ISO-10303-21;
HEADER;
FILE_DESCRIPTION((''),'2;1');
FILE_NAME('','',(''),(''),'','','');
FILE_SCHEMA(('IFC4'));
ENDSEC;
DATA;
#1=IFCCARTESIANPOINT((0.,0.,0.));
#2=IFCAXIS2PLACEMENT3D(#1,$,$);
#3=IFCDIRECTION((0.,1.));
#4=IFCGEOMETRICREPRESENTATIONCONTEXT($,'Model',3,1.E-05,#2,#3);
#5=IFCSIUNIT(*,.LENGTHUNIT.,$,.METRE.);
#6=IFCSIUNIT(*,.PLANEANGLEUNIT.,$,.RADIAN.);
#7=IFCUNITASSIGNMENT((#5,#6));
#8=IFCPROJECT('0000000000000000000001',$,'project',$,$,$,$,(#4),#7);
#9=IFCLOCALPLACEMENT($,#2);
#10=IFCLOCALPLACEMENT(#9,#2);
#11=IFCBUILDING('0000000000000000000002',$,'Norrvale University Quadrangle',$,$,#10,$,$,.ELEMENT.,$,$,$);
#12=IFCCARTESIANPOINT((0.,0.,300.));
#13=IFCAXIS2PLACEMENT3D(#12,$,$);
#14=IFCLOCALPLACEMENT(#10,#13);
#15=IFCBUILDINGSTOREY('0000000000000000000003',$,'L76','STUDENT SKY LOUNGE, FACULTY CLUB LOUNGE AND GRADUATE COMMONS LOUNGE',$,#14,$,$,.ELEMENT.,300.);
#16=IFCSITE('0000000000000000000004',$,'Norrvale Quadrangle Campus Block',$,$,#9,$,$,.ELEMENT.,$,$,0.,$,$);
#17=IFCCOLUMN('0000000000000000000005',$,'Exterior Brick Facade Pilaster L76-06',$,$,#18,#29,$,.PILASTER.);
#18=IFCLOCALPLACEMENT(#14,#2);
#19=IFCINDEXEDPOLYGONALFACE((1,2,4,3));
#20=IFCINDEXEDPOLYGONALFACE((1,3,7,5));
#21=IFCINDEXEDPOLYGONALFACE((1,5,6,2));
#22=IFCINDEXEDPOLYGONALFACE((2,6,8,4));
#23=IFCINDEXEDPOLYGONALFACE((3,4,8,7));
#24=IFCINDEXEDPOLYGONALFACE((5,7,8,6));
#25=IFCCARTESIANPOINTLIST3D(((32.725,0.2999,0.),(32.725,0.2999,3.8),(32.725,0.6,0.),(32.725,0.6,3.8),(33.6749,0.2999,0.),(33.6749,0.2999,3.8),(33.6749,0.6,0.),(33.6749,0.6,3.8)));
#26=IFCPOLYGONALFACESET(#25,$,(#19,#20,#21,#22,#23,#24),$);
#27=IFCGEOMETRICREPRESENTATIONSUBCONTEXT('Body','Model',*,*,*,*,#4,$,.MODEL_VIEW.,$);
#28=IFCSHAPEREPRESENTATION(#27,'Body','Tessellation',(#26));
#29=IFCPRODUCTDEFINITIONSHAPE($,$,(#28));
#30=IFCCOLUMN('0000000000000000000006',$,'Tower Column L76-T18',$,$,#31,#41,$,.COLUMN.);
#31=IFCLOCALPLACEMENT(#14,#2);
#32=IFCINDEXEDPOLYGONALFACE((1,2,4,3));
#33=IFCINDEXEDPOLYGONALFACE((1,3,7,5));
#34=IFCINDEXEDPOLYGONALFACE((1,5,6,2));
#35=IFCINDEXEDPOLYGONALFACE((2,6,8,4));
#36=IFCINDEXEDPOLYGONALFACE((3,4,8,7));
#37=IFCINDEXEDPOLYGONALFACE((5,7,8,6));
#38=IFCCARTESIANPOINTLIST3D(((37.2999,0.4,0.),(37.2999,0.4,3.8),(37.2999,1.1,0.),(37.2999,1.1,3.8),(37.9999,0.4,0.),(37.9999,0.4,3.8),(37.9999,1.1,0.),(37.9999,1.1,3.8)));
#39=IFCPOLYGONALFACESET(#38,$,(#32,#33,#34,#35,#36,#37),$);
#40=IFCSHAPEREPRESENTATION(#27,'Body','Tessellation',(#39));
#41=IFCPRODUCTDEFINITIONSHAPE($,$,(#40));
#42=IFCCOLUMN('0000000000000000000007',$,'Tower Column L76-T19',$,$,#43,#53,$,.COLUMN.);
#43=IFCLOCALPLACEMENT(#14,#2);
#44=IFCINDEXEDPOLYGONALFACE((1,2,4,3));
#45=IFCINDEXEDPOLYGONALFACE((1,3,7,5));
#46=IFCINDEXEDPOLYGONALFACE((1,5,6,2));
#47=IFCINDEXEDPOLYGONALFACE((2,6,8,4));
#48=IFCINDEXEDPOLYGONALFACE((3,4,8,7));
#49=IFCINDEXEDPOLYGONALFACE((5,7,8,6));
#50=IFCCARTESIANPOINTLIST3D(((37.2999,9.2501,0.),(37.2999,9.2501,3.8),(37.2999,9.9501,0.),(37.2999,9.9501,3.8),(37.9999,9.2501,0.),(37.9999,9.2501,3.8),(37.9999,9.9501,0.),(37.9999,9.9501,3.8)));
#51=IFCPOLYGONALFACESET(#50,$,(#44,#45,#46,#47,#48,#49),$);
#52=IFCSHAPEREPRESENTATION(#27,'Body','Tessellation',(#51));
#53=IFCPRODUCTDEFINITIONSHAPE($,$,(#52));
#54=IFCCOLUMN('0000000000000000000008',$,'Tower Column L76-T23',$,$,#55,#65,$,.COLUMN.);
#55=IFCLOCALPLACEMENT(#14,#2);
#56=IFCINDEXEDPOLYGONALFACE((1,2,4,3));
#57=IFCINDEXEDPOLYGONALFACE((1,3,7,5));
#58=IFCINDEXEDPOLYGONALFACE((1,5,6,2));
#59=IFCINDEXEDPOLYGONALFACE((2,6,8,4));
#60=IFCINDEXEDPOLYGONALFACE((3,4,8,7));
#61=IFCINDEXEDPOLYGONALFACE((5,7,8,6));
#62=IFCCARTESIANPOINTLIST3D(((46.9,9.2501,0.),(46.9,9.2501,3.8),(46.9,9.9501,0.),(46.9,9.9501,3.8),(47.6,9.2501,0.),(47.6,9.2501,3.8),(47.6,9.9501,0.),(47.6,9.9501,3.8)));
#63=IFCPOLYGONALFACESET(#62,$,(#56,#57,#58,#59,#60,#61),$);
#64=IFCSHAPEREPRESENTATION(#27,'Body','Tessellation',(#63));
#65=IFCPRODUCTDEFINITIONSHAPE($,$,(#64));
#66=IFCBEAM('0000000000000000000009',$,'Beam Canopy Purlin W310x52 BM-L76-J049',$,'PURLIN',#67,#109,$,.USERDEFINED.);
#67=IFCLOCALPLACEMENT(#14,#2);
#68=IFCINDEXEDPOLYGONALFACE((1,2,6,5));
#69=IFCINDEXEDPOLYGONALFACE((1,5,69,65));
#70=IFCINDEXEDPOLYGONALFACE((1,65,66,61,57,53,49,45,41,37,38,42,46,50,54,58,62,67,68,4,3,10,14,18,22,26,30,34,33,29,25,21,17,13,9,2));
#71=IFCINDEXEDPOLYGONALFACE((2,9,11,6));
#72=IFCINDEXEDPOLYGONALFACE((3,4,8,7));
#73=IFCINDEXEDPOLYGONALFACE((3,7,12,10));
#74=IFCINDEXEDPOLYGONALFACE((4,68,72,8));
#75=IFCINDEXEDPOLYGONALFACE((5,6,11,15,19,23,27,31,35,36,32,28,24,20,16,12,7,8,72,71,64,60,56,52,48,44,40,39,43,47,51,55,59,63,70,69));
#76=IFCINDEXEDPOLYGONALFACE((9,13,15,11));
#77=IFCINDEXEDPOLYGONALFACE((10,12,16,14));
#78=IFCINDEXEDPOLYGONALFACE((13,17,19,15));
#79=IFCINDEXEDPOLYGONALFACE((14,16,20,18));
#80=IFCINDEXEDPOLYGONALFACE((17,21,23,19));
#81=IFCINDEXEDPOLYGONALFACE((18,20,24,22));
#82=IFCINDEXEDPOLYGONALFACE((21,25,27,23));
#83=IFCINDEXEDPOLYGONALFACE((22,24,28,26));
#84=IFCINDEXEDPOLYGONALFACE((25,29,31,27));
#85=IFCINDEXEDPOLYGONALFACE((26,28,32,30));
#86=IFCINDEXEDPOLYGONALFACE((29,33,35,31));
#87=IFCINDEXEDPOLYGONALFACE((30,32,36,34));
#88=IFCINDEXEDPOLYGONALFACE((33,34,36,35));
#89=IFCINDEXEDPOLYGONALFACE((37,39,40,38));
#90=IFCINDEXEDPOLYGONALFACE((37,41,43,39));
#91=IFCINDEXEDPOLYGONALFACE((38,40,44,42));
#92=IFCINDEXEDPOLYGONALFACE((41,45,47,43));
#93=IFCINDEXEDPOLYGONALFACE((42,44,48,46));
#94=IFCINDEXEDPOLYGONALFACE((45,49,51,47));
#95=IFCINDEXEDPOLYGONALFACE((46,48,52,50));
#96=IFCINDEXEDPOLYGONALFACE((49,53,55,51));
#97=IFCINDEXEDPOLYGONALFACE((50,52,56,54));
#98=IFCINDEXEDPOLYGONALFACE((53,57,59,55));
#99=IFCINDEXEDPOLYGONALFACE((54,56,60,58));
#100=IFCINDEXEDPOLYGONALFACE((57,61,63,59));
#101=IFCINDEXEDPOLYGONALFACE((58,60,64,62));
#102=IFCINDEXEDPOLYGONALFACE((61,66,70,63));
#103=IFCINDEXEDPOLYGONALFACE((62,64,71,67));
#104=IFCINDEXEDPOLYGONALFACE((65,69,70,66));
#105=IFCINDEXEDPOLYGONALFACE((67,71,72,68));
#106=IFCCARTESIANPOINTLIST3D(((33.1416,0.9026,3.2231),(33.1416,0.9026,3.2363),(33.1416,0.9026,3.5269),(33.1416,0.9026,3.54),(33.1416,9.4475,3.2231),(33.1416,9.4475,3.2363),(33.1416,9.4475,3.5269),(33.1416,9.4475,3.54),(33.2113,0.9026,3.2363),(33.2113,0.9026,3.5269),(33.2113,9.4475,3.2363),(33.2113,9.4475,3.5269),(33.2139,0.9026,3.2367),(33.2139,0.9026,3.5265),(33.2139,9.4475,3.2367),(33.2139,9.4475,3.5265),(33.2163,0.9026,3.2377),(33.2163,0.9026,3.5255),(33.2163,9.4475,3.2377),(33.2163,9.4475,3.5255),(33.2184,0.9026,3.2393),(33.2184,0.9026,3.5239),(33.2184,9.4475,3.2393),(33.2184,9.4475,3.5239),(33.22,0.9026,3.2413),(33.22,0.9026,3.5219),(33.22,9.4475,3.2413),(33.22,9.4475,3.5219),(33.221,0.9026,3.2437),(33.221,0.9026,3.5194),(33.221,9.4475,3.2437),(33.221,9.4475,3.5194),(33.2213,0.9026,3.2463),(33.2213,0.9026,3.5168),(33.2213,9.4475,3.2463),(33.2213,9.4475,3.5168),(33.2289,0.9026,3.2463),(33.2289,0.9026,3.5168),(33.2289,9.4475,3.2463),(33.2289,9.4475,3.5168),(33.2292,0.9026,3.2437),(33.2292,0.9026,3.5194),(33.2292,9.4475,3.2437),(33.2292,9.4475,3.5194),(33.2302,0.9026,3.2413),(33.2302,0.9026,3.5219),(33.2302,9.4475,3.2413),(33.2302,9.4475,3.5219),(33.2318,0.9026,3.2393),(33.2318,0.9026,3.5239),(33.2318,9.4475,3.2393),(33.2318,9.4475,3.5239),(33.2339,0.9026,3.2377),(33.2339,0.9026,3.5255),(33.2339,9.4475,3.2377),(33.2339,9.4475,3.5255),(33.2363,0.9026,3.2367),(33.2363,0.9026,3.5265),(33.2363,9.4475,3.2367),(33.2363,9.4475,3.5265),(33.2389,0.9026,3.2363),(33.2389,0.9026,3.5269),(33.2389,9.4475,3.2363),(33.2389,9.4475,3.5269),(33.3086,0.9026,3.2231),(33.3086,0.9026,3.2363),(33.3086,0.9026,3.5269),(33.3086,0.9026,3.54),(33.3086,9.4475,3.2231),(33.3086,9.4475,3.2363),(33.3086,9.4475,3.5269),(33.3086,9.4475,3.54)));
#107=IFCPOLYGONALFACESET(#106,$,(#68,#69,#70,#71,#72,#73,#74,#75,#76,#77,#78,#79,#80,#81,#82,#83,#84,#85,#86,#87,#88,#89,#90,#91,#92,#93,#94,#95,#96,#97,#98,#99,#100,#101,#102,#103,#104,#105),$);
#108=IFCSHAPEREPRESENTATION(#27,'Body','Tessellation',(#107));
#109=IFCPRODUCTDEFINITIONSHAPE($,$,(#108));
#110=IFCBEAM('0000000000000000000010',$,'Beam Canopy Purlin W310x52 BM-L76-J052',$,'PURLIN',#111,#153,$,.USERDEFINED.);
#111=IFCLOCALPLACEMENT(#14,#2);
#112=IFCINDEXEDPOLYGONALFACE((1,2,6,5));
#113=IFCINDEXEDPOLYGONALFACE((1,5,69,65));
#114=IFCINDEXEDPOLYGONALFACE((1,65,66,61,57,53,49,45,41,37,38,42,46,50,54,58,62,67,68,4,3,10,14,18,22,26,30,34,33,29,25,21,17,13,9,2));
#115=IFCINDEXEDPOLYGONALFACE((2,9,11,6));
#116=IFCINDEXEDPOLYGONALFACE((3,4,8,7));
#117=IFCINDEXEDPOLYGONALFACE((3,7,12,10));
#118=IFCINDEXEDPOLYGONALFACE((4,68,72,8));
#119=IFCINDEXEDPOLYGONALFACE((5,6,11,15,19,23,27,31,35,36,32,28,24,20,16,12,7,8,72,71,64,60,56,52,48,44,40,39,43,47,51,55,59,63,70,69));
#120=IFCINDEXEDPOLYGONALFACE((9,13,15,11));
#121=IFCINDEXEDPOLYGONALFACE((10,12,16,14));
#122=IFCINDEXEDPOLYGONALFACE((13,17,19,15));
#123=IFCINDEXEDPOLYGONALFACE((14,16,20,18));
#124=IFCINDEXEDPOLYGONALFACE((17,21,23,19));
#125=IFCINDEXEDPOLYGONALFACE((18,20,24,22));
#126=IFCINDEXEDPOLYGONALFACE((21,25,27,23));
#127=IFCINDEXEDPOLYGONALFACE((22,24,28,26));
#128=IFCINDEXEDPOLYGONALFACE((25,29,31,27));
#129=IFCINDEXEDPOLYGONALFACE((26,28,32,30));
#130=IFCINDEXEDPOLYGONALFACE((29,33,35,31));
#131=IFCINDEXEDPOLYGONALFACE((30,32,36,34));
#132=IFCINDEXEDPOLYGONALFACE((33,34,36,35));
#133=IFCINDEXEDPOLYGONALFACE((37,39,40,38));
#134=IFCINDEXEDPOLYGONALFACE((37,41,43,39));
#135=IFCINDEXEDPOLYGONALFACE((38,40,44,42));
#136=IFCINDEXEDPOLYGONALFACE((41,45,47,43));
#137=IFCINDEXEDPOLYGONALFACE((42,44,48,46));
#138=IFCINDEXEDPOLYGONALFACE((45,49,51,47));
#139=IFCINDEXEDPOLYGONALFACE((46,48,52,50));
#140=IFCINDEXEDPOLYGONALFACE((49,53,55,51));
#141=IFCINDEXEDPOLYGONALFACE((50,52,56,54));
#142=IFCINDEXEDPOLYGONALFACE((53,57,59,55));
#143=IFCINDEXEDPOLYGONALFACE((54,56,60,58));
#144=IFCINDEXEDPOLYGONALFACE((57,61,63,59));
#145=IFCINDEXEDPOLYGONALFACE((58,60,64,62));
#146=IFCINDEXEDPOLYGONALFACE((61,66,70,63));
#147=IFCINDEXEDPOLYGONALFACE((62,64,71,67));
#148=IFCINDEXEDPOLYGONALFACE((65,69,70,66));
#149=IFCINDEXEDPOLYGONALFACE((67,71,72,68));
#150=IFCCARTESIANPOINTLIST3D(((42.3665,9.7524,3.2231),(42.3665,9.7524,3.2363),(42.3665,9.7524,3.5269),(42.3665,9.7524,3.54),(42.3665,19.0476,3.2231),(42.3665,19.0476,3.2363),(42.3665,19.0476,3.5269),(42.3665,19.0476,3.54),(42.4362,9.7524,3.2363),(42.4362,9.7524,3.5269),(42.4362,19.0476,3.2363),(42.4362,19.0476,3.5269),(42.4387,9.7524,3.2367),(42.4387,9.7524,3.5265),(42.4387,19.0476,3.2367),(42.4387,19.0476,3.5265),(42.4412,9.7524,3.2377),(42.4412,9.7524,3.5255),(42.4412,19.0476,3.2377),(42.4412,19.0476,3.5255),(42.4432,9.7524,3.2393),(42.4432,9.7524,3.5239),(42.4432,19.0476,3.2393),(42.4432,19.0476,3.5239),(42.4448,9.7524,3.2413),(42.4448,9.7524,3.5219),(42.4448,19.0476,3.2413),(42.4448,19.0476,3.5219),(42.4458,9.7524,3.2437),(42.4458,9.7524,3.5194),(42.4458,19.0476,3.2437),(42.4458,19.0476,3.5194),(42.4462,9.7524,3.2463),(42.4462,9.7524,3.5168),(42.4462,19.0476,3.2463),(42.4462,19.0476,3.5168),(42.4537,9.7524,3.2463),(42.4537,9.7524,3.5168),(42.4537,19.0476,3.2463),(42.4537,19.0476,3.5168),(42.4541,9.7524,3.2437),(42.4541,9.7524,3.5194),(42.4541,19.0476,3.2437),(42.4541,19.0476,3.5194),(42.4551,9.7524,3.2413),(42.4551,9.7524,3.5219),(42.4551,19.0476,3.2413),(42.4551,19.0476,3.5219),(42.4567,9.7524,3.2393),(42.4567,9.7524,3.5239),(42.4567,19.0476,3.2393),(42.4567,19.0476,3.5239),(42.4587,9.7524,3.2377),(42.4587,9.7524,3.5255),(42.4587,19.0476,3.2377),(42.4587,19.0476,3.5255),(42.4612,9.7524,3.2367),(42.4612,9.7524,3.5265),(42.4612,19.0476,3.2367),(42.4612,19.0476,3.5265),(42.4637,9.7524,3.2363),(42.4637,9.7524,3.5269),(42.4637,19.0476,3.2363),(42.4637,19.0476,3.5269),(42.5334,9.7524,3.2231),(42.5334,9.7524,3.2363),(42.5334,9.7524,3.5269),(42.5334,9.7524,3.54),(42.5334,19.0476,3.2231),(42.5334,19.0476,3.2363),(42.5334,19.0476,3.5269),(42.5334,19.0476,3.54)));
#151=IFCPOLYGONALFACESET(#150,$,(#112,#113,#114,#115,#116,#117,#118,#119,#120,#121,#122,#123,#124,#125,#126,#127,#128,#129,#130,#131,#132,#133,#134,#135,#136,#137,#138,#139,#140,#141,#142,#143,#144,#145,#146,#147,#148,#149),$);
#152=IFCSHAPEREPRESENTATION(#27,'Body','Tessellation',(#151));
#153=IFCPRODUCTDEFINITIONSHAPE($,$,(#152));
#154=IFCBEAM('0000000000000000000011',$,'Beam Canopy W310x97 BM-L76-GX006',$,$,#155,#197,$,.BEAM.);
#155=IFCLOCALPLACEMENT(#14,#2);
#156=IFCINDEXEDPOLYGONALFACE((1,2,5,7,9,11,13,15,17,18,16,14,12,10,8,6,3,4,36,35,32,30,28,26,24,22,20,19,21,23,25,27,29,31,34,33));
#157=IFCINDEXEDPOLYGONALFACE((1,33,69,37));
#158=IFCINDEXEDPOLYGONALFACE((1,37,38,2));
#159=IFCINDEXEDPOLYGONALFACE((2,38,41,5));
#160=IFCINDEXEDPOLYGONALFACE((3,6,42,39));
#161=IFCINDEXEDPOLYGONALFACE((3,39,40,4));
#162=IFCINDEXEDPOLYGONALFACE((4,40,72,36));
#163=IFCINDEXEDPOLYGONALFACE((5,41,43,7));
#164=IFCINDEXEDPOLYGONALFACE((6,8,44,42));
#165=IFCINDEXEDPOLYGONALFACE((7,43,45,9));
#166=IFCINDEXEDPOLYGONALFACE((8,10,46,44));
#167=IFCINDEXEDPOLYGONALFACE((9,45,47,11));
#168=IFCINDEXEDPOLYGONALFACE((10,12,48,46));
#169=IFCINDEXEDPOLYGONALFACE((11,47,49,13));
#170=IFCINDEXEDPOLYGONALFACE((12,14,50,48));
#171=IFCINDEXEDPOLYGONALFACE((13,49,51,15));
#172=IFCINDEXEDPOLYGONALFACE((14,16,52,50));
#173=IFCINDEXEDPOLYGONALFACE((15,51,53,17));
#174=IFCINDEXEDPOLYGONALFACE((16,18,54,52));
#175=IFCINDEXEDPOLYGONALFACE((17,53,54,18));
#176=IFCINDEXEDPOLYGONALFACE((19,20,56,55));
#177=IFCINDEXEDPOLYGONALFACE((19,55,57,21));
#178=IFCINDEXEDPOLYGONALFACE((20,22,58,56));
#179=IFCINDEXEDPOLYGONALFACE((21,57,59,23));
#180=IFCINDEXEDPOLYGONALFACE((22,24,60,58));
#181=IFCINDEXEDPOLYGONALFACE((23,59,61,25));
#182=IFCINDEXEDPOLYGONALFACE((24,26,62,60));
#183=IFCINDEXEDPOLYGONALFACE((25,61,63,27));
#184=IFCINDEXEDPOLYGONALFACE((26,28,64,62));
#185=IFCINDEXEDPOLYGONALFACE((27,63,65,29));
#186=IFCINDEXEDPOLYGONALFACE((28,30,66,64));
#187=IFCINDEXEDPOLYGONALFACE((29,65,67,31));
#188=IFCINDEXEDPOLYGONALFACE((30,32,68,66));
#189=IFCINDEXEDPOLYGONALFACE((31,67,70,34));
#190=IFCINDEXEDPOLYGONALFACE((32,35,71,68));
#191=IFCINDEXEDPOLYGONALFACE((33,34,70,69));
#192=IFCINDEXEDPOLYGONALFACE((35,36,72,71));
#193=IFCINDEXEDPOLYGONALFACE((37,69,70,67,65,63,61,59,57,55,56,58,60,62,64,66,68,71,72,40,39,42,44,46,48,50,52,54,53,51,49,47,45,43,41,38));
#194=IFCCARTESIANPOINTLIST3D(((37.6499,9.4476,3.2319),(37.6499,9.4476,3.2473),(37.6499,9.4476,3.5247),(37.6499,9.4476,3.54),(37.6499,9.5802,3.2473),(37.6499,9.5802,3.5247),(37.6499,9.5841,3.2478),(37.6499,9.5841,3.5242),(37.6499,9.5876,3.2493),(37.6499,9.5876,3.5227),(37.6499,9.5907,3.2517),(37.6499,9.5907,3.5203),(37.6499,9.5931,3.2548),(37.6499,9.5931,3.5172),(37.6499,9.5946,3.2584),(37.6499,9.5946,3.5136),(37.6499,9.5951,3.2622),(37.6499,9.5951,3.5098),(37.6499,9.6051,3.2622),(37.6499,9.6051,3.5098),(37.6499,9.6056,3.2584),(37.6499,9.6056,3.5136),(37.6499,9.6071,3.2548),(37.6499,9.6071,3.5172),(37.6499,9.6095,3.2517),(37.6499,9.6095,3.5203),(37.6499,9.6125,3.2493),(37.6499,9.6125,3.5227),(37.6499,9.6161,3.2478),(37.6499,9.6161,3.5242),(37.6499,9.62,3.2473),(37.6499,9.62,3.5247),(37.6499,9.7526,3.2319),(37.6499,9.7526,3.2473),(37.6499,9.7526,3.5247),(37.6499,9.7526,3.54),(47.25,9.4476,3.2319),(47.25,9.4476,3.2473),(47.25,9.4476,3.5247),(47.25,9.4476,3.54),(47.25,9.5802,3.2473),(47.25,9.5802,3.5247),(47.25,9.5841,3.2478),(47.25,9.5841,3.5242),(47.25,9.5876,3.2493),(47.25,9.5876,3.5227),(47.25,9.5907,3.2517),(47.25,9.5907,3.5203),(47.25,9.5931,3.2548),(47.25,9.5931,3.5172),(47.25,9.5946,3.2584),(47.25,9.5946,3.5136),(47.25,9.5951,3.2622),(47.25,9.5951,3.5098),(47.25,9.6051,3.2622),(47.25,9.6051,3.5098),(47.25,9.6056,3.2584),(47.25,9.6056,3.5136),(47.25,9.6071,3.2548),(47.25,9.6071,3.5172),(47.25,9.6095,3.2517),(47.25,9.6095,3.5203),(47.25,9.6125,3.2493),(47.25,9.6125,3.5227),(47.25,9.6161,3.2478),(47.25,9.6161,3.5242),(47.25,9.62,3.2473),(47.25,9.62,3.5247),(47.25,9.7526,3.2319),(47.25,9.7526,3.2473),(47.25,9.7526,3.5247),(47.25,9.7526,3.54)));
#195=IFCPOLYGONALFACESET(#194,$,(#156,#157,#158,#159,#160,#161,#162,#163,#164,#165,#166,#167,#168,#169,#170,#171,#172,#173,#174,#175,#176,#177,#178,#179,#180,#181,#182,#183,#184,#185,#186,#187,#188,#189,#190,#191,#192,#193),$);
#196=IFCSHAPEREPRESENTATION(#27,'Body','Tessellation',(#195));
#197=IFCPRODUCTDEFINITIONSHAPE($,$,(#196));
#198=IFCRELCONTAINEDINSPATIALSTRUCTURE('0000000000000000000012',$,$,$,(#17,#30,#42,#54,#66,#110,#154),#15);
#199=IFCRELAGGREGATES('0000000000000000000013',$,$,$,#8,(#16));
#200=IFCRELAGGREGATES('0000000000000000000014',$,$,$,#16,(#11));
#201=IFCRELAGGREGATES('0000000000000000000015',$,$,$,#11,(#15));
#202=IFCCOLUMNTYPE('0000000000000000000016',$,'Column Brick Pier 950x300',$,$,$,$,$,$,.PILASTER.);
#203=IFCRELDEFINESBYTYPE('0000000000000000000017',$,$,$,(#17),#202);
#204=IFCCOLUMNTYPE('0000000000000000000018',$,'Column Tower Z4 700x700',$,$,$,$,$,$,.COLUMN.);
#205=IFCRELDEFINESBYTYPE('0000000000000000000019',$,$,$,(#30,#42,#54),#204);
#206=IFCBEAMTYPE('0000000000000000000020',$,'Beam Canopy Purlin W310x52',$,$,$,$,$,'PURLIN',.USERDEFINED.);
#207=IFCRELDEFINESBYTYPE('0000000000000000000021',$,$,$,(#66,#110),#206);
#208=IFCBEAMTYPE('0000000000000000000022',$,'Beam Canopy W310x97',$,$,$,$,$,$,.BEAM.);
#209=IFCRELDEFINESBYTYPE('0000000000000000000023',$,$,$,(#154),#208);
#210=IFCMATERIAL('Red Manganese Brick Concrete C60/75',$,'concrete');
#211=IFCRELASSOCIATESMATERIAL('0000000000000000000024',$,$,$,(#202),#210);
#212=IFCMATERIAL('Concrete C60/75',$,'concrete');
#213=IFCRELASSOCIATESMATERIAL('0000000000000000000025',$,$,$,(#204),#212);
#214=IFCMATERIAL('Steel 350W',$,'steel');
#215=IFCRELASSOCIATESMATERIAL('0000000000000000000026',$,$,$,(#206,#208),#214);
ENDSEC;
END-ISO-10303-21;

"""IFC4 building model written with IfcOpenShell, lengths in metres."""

from ifc_helpers import new_model, si_unit, direction, frame, origin, origin_2d, place, context, subcontext, project, spatial, rectangle, i_section, extrude, material, material_profile, profile_set, type_object, element, save


model = new_model("IFC4")

# Units and contexts
model_context = context("Model", 3, precision=1e-05, world=origin(), true_north=direction((0.0, 1.0)))
body_context = subcontext(model_context, "Body", "Model", "MODEL_VIEW")
ifc_project = project(units=[si_unit("LENGTHUNIT", "METRE"), si_unit("PLANEANGLEUNIT", "RADIAN")], contexts=[model_context])

# Site, building, storey
site_placement = place(None, origin())
site = spatial("IfcSite", under=ifc_project, at=site_placement, Name="Norrvale Quadrangle Campus Block", CompositionType="ELEMENT", RefElevation=0.0)
building_placement = place(site_placement, origin())
building = spatial("IfcBuilding", under=site, at=building_placement, Name="Norrvale University Quadrangle", CompositionType="ELEMENT")
storey_placement = place(building_placement, frame((0.0, 0.0, 300.0)))
storey = spatial("IfcBuildingStorey", under=building, at=storey_placement, Name="L76", Description="STUDENT SKY LOUNGE, FACULTY CLUB LOUNGE AND GRADUATE COMMONS LOUNGE", CompositionType="ELEMENT", Elevation=300.0)

# Columns
ifc_material_1 = material(Name="Red Manganese Brick Concrete C60/75", Category="concrete")
ifc_material_profile_1 = material_profile(ifc_material_1, rectangle(XDim=0.95, YDim=0.3, at=origin_2d()), Name="Red Manganese Brick Concrete C60/75")
ifc_profile_set_1 = profile_set([ifc_material_profile_1], Name="Red Manganese Brick Concrete C60/75")
column_type_1 = type_object("IfcColumnType", Name="Column Brick Pier 950x300", PredefinedType="PILASTER", material=ifc_profile_set_1)
column_placement = place(storey_placement, frame((33.2, 0.45, 0.0), z_axis=(0.0, 0.0, 1.0), x_axis=(1.0, 0.0, 0.0)))
element("IfcColumn", 1, at=column_placement, inside=storey, type_object=column_type_1, Name="Exterior Brick Facade Pilaster L76-06", PredefinedType="PILASTER", context=body_context, shape_type="SweptSolid", body=[
    extrude(rectangle(XDim=0.95, YDim=0.3, at=origin_2d()), origin(), (0.0, 0.0, 1.0), 3.8),
])
ifc_material_2 = material(Name="Concrete C60/75", Category="concrete")
ifc_material_profile_2 = material_profile(ifc_material_2, rectangle(XDim=0.7, YDim=0.7, at=origin_2d()), Name="Concrete C60/75")
ifc_profile_set_2 = profile_set([ifc_material_profile_2], Name="Concrete C60/75")
column_type_2 = type_object("IfcColumnType", Name="Column Tower Z4 700x700", PredefinedType="COLUMN", material=ifc_profile_set_2)
for number, where, z_axis, x_axis, name in (
    (2, (37.6499, 0.75, 0.0), (0.0, 0.0, 1.0), (1.0, 0.0, 0.0), "Tower Column L76-T18"),
    (3, (37.6499, 9.6001, 0.0), (0.0, 0.0, 1.0), (1.0, 0.0, 0.0), "Tower Column L76-T19"),
    (4, (47.25, 9.6001, 0.0), (0.0, 0.0, 1.0), (1.0, 0.0, 0.0), "Tower Column L76-T23"),
):
    element("IfcColumn", number, at=place(storey_placement, frame(where, z_axis=z_axis, x_axis=x_axis)), inside=storey, type_object=column_type_2, Name=name, PredefinedType="COLUMN", context=body_context, shape_type="SweptSolid", body=[
        extrude(rectangle(XDim=0.7, YDim=0.7, at=origin_2d()), origin(), (0.0, 0.0, 1.0), 3.8),
    ])

# Beams
ifc_material_3 = material(Name="Steel 350W", Category="steel")
ifc_material_profile_3 = material_profile(ifc_material_3, i_section(OverallWidth=0.167, OverallDepth=0.3169, WebThickness=0.0076, FlangeThickness=0.0132, FilletRadius=0.01, at=origin_2d()), Name="Steel 350W")
ifc_profile_set_3 = profile_set([ifc_material_profile_3], Name="Steel 350W")
beam_type_1 = type_object("IfcBeamType", Name="Beam Canopy Purlin W310x52", ElementType="PURLIN", PredefinedType="USERDEFINED", material=ifc_profile_set_3)
beam_1_placement = place(storey_placement, frame((33.2251, 0.9026, 3.3816), z_axis=(0.0, 1.0, 0.0), x_axis=(-1.0, 0.0, 0.0)))
element("IfcBeam", 5, at=beam_1_placement, inside=storey, type_object=beam_type_1, Name="Beam Canopy Purlin W310x52 BM-L76-J049", ObjectType="PURLIN", PredefinedType="USERDEFINED", context=body_context, shape_type="SweptSolid", body=[
    extrude(i_section(OverallWidth=0.167, OverallDepth=0.3169, WebThickness=0.0076, FlangeThickness=0.0132, FilletRadius=0.01, at=origin_2d()), origin(), (0.0, 0.0, 1.0), 8.5449),
])
beam_2_placement = place(storey_placement, frame((42.45, 9.7524, 3.3816), z_axis=(0.0, 1.0, 0.0), x_axis=(-1.0, 0.0, 0.0)))
element("IfcBeam", 6, at=beam_2_placement, inside=storey, type_object=beam_type_1, Name="Beam Canopy Purlin W310x52 BM-L76-J052", ObjectType="PURLIN", PredefinedType="USERDEFINED", context=body_context, shape_type="SweptSolid", body=[
    extrude(i_section(OverallWidth=0.167, OverallDepth=0.3169, WebThickness=0.0076, FlangeThickness=0.0132, FilletRadius=0.01, at=origin_2d()), origin(), (0.0, 0.0, 1.0), 9.2952),
])
ifc_material_profile_4 = material_profile(ifc_material_3, i_section(OverallWidth=0.3049, OverallDepth=0.3081, WebThickness=0.01, FlangeThickness=0.0154, FilletRadius=0.0149, at=origin_2d()), Name="Steel 350W")
ifc_profile_set_4 = profile_set([ifc_material_profile_4], Name="Steel 350W")
beam_type_2 = type_object("IfcBeamType", Name="Beam Canopy W310x97", PredefinedType="BEAM", material=ifc_profile_set_4)
beam_3_placement = place(storey_placement, frame((37.6499, 9.6001, 3.386), z_axis=(1.0, 0.0, 0.0), x_axis=(0.0, 1.0, 0.0)))
element("IfcBeam", 7, at=beam_3_placement, inside=storey, type_object=beam_type_2, Name="Beam Canopy W310x97 BM-L76-GX006", PredefinedType="BEAM", context=body_context, shape_type="SweptSolid", body=[
    extrude(i_section(OverallWidth=0.3049, OverallDepth=0.3081, WebThickness=0.01, FlangeThickness=0.0154, FilletRadius=0.0149, at=origin_2d()), origin(), (0.0, 0.0, 1.0), 9.6001),
])

save(model, "model.ifc")
